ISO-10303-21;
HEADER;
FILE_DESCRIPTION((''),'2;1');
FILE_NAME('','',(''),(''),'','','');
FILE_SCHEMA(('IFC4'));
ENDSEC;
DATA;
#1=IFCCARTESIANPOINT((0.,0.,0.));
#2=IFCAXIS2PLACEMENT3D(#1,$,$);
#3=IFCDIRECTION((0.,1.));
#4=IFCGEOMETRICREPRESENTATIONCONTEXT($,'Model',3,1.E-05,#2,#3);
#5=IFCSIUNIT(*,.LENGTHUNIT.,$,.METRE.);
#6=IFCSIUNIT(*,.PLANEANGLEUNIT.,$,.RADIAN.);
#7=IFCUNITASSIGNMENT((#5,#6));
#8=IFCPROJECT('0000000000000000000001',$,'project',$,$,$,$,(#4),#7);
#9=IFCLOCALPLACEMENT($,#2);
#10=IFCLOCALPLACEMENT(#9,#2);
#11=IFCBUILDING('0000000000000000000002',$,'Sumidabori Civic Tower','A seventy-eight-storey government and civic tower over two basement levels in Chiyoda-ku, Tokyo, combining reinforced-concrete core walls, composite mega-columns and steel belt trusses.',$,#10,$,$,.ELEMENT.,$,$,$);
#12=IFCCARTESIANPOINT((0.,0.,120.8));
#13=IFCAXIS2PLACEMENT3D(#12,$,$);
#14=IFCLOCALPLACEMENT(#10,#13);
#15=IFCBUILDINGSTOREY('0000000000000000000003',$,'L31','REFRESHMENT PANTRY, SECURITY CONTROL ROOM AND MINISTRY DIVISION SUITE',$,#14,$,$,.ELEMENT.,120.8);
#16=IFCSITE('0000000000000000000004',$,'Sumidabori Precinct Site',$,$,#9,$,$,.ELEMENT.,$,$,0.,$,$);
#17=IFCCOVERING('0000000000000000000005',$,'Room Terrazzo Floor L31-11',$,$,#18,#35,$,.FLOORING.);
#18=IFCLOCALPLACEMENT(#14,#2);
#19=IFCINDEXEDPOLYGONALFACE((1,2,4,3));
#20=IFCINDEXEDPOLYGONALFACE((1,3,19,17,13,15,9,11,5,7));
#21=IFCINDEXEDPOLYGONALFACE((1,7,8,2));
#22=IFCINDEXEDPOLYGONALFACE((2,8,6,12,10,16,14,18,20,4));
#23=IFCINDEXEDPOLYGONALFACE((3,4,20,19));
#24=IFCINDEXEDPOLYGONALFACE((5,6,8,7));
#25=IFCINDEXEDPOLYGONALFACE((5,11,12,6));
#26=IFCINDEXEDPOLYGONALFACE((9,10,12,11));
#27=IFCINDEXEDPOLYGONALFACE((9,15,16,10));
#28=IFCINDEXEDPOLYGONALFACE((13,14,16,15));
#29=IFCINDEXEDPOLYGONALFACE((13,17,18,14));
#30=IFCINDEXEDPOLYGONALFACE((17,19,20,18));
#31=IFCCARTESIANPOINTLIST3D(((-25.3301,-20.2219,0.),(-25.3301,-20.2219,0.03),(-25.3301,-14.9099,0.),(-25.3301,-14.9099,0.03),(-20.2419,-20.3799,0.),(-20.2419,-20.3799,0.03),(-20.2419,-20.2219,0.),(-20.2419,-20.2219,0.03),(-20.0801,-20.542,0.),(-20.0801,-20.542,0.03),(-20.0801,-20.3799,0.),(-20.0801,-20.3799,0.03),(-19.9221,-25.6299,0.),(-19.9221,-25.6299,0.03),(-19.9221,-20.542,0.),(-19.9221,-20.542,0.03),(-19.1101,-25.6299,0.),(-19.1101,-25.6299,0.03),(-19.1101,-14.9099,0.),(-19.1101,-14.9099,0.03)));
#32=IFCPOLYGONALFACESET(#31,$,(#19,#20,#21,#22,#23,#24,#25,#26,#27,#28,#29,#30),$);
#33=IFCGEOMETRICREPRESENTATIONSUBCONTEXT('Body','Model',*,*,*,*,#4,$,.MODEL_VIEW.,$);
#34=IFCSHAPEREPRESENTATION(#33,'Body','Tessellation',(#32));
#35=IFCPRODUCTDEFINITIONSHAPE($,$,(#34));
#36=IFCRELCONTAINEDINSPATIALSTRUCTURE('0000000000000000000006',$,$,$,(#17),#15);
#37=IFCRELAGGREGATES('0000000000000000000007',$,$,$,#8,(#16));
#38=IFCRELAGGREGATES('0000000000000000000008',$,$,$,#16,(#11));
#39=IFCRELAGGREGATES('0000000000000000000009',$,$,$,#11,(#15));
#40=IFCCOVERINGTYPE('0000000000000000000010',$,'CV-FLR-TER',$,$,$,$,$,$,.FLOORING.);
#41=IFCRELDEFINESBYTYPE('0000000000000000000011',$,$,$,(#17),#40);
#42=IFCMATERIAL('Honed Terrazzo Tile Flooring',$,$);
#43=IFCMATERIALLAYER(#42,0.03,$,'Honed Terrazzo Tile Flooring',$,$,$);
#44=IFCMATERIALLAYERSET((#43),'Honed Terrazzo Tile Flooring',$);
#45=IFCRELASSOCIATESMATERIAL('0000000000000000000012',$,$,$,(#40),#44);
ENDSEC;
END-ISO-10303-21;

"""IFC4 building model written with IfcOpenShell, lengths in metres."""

from ifc_helpers import new_model, si_unit, direction, frame, origin, place, context, subcontext, project, spatial, polyline, outline, extrude, material, layer, layer_set, type_object, element, save


model = new_model("IFC4")

# Units and contexts
model_context = context("Model", 3, precision=1e-05, world=origin(), true_north=direction((0.0, 1.0)))
body_context = subcontext(model_context, "Body", "Model", "MODEL_VIEW")
ifc_project = project(units=[si_unit("LENGTHUNIT", "METRE"), si_unit("PLANEANGLEUNIT", "RADIAN")], contexts=[model_context])

# Site, building, storey
site_placement = place(None, origin())
site = spatial("IfcSite", under=ifc_project, at=site_placement, Name="Sumidabori Precinct Site", CompositionType="ELEMENT", RefElevation=0.0)
building_placement = place(site_placement, origin())
building = spatial("IfcBuilding", under=site, at=building_placement, Name="Sumidabori Civic Tower", Description="A seventy-eight-storey government and civic tower over two basement levels in Chiyoda-ku, Tokyo, combining reinforced-concrete core walls, composite mega-columns and steel belt trusses.", CompositionType="ELEMENT")
storey_placement = place(building_placement, frame((0.0, 0.0, 120.8)))
storey = spatial("IfcBuildingStorey", under=building, at=storey_placement, Name="L31", Description="REFRESHMENT PANTRY, SECURITY CONTROL ROOM AND MINISTRY DIVISION SUITE", CompositionType="ELEMENT", Elevation=120.8)

# Covering
ifc_material_1 = material(Name="Honed Terrazzo Tile Flooring")
ifc_layer_1 = layer(ifc_material_1, 0.03, Name="Honed Terrazzo Tile Flooring")
ifc_layer_set_1 = layer_set([ifc_layer_1], Name="Honed Terrazzo Tile Flooring")
covering_type_1 = type_object("IfcCoveringType", Name="CV-FLR-TER", PredefinedType="FLOORING", material=ifc_layer_set_1)
covering_1_placement = place(storey_placement, origin())
element("IfcCovering", 1, at=covering_1_placement, inside=storey, type_object=covering_type_1, Name="Room Terrazzo Floor L31-11", PredefinedType="FLOORING", context=body_context, shape_type="SweptSolid", body=[
    extrude(outline(polyline([(-19.1101, -14.9099), (-19.1101, -25.6299), (-19.9221, -25.6299), (-19.9221, -20.542), (-20.0801, -20.542), (-20.0801, -20.3799), (-20.2419, -20.3799), (-20.2419, -20.2219), (-25.3301, -20.2219), (-25.3301, -14.9099), (-19.1101, -14.9099)])), origin(), (0.0, 0.0, 1.0), 0.03),
])

save(model, "model.ifc")
